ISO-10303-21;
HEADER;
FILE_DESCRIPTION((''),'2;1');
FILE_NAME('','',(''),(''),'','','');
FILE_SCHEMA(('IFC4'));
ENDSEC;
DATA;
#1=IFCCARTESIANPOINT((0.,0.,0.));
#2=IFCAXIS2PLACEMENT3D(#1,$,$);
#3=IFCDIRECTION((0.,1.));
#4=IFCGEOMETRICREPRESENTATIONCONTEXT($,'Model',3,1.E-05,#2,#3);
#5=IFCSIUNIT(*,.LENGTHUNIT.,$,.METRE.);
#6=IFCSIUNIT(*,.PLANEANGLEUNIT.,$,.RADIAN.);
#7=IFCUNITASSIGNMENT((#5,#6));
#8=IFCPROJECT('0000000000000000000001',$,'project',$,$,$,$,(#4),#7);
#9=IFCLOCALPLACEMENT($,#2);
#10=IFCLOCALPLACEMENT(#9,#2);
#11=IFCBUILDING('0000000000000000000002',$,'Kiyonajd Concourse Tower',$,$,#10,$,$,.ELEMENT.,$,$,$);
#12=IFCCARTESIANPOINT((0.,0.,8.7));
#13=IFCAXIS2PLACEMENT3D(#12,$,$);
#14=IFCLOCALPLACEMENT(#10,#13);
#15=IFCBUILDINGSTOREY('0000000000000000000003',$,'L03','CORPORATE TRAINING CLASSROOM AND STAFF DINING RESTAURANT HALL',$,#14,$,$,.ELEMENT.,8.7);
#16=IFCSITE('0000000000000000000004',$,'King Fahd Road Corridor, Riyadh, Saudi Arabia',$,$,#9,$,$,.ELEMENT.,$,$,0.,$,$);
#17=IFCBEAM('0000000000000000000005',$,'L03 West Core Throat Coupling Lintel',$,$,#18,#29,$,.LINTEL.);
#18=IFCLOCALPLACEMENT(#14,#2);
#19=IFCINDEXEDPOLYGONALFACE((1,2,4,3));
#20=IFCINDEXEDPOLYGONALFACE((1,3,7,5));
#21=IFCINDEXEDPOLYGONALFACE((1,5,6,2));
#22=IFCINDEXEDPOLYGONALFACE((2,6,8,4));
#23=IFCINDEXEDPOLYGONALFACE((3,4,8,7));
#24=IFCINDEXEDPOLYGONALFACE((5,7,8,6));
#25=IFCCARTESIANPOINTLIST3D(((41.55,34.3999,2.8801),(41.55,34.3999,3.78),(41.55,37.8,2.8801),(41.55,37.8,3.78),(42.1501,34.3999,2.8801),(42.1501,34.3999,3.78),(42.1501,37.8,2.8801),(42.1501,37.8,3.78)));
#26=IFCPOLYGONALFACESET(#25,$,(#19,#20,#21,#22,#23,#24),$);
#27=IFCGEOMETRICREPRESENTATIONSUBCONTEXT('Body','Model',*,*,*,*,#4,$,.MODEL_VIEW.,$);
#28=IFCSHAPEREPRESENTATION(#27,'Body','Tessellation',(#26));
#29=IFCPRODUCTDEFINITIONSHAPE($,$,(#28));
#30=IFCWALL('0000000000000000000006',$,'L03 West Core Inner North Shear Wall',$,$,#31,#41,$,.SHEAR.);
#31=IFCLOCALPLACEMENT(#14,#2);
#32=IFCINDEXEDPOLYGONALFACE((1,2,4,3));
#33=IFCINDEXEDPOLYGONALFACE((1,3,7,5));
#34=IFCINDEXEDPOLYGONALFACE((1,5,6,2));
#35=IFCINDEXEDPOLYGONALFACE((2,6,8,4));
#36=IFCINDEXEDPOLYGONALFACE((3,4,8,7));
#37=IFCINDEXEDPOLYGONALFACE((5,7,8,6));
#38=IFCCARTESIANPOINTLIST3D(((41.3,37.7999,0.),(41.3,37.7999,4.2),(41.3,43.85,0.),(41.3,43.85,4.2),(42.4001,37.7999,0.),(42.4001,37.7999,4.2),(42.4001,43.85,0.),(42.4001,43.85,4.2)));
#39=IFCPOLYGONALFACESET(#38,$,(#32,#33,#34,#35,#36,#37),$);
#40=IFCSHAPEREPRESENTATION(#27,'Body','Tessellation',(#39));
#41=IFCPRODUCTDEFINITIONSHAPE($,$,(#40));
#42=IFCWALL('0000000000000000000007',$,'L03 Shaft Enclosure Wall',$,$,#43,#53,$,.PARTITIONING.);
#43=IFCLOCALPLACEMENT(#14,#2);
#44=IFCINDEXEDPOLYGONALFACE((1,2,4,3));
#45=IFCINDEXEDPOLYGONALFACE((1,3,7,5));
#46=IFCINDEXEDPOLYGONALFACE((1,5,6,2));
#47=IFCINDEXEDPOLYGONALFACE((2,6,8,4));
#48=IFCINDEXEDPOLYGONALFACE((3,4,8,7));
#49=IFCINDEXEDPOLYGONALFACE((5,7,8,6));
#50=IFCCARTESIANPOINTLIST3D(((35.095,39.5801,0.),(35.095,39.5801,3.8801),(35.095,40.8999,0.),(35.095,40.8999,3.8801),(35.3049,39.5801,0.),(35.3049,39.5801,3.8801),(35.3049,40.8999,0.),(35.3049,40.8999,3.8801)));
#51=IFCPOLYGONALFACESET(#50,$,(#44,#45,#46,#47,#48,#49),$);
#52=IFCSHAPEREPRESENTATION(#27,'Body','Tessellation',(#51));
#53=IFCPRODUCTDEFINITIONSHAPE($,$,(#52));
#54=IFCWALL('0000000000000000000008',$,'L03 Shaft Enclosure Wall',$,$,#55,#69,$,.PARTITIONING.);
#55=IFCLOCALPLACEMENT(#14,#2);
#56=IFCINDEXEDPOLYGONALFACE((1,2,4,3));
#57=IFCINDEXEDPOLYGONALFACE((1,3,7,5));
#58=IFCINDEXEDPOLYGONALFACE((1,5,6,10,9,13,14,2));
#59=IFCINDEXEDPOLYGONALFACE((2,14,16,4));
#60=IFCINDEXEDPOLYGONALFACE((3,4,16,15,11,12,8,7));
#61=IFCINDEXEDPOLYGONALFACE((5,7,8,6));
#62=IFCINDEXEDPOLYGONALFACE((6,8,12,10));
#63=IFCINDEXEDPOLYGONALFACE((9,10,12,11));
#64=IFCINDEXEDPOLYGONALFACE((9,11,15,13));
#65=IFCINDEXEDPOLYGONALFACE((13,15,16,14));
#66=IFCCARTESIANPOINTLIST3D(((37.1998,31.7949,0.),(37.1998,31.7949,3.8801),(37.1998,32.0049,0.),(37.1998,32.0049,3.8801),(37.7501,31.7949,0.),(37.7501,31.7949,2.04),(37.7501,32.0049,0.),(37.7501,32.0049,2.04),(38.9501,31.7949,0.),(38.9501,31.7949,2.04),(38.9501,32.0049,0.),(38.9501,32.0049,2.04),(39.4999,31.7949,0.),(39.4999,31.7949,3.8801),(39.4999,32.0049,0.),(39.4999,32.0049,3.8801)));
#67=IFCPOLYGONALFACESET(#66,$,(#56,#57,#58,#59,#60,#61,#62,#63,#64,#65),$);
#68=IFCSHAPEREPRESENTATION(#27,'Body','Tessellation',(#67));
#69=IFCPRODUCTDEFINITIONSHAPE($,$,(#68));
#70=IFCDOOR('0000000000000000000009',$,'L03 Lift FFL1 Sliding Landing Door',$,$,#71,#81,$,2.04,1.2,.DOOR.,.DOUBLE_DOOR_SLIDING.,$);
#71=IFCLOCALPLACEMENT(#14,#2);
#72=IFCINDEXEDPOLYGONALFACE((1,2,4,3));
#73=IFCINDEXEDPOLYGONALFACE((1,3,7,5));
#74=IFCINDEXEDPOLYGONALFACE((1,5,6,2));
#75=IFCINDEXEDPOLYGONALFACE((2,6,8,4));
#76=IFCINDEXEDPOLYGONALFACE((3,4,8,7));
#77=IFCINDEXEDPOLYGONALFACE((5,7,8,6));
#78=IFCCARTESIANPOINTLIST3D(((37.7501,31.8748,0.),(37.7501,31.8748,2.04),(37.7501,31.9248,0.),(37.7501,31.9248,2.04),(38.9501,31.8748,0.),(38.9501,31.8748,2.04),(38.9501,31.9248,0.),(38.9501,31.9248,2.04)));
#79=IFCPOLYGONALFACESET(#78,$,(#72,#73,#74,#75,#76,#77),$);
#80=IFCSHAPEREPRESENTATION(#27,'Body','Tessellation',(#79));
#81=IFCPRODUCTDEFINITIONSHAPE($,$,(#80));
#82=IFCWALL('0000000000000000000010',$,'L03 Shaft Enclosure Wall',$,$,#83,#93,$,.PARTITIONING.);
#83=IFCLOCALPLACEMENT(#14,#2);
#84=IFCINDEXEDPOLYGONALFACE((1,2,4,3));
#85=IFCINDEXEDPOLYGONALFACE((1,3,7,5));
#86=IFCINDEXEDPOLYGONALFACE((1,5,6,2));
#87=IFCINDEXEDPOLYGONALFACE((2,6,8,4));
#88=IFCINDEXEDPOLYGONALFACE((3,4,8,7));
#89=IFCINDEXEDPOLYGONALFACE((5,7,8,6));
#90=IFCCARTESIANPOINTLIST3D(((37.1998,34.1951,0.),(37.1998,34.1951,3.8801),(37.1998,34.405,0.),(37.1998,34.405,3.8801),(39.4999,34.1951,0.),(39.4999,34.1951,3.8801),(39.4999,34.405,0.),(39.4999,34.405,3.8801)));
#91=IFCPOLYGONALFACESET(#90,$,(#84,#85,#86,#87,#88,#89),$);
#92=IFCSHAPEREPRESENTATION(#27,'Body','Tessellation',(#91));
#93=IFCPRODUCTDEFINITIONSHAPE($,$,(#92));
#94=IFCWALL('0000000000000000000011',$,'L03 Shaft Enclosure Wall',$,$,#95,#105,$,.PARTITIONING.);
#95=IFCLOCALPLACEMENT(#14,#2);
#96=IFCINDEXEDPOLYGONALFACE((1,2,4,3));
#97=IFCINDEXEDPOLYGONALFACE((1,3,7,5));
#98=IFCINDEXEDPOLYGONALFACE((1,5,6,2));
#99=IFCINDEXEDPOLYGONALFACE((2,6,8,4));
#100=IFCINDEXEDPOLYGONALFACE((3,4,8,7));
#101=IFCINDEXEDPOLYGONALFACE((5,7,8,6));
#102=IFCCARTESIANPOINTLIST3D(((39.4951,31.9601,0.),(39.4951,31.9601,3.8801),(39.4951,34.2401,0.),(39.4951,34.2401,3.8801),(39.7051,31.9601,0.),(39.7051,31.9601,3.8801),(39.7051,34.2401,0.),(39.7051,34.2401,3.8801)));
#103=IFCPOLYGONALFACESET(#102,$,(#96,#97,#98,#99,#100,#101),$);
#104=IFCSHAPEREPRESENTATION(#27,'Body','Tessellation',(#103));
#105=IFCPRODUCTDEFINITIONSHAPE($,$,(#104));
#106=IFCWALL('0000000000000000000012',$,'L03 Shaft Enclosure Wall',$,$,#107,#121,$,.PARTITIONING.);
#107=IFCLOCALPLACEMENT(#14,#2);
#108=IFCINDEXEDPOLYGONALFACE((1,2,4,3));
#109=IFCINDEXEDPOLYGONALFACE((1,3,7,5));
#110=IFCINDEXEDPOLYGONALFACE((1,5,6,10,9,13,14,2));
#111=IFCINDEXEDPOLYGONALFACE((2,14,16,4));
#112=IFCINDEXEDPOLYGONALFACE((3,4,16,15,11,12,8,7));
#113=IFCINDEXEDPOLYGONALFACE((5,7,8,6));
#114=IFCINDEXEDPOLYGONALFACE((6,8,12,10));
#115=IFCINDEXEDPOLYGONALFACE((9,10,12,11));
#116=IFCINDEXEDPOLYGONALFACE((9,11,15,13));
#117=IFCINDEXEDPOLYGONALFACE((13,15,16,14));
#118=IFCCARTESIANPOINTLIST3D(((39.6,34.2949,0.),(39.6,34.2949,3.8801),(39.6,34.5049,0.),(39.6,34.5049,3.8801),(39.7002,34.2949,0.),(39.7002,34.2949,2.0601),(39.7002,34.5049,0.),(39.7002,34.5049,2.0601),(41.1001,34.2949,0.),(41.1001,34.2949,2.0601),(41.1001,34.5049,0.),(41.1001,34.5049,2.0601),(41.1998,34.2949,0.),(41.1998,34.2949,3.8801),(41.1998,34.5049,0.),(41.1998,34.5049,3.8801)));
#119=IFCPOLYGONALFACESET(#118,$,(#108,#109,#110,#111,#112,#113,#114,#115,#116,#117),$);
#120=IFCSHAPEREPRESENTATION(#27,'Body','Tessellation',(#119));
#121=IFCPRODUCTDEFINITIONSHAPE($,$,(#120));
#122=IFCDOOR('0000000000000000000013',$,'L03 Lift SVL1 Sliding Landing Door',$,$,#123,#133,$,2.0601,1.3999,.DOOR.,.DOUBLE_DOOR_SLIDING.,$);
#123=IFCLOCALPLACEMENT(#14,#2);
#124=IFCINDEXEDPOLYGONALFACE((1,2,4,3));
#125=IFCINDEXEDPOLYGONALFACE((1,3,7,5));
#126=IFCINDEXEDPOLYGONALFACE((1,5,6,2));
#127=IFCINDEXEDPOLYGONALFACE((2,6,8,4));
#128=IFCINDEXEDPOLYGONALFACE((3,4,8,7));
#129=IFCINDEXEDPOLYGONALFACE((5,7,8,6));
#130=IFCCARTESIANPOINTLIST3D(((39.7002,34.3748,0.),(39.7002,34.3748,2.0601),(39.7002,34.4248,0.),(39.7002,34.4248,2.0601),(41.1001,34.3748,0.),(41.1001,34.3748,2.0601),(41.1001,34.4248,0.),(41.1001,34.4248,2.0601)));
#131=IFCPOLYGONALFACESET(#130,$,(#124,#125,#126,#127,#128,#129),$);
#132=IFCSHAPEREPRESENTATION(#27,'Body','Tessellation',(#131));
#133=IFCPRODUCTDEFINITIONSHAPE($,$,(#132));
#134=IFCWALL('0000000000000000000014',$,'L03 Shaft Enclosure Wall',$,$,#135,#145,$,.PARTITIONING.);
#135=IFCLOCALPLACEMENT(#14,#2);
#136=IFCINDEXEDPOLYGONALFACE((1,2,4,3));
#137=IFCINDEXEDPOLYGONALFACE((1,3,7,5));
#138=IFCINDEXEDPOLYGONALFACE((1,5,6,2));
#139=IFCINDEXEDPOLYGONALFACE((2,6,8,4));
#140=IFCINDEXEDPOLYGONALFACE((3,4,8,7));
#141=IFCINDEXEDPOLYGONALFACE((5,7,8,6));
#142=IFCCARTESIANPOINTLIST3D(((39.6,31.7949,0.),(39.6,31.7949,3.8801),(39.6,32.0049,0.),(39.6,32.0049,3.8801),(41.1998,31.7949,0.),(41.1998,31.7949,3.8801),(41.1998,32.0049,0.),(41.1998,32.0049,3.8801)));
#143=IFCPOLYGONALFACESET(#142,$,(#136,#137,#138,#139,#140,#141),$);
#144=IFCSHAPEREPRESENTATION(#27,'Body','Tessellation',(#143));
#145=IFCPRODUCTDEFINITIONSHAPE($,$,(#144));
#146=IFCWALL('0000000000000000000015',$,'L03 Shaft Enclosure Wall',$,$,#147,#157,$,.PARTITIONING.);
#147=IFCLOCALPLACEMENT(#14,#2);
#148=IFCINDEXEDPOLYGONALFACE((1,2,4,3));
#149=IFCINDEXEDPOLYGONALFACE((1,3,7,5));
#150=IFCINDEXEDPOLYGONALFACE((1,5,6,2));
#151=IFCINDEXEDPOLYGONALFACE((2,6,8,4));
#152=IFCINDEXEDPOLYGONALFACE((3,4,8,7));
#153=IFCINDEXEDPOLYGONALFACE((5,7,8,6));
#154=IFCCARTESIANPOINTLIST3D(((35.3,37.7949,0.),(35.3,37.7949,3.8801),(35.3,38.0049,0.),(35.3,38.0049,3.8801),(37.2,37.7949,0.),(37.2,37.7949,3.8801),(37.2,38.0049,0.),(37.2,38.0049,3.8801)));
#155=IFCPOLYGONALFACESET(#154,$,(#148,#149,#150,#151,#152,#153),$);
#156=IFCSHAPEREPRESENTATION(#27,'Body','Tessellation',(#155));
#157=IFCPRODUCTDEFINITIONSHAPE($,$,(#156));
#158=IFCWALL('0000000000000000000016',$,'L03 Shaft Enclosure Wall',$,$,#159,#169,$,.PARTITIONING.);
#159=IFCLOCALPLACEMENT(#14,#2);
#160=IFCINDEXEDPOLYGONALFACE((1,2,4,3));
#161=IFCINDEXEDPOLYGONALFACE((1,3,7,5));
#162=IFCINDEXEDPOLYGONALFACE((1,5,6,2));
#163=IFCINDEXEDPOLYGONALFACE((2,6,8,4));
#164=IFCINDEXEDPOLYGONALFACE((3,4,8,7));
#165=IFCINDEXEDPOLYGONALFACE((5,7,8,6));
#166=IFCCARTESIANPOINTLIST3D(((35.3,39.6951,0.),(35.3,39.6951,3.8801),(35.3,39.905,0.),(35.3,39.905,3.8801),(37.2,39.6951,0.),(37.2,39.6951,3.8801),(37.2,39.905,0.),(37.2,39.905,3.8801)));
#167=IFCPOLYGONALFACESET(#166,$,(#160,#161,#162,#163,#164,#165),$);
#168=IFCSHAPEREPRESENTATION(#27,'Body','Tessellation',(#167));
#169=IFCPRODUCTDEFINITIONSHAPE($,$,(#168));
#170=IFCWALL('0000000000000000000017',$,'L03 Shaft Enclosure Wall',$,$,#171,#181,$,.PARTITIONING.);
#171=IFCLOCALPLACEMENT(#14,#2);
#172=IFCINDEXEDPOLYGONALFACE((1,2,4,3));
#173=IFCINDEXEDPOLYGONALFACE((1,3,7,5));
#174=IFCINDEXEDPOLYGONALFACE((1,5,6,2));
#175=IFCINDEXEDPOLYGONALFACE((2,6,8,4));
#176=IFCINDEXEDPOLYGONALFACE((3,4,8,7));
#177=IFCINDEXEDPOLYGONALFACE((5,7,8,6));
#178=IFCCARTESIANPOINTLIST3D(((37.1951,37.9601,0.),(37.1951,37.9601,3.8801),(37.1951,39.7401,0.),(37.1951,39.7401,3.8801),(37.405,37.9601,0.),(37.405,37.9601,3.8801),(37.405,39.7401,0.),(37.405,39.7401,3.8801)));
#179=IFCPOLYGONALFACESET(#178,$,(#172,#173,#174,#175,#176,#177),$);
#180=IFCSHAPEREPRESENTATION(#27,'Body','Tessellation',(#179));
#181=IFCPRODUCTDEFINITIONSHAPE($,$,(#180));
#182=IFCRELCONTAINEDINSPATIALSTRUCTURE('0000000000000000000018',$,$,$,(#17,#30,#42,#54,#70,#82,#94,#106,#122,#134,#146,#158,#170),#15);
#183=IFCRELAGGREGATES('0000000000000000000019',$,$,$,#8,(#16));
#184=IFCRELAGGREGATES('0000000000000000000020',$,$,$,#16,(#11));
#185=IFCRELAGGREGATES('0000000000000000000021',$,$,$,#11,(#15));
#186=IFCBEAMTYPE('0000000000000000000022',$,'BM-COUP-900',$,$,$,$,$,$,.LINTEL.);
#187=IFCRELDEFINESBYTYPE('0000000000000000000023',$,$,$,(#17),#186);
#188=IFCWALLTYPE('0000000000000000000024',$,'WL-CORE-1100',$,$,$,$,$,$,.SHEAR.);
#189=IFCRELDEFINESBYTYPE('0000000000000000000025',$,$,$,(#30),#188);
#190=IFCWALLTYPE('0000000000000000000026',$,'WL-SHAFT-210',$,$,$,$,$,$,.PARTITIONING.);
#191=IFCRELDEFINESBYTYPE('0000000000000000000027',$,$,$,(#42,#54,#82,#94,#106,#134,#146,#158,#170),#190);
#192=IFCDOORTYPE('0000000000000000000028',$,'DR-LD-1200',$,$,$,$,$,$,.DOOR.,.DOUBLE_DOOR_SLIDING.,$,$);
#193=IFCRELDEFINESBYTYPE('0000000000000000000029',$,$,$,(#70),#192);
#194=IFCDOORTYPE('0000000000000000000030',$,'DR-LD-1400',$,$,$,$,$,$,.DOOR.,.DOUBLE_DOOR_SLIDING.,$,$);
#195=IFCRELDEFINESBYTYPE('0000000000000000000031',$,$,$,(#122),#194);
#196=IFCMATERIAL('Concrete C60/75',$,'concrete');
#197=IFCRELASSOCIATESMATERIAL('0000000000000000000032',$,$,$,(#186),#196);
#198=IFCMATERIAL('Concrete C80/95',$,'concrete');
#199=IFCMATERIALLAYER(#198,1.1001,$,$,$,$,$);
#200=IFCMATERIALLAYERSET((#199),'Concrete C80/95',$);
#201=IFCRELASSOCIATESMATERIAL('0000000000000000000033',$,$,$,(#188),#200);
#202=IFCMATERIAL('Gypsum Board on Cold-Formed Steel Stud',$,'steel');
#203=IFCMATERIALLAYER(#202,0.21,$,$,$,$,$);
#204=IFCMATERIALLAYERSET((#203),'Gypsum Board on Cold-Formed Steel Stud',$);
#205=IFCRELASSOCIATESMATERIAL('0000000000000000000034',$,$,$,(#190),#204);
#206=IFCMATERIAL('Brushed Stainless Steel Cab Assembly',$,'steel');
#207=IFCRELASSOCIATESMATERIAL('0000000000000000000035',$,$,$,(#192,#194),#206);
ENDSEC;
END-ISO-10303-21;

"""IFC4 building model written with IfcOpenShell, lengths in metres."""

from ifc_helpers import new_model, si_unit, direction, frame, frame_2d, origin, origin_2d, place, context, subcontext, project, spatial, rectangle, extrude, material, layer, layer_set, material_profile, profile_set, type_object, element, fill, save


model = new_model("IFC4")

# Units and contexts
model_context = context("Model", 3, precision=1e-05, world=origin(), true_north=direction((0.0, 1.0)))
body_context = subcontext(model_context, "Body", "Model", "MODEL_VIEW")
ifc_project = project(units=[si_unit("LENGTHUNIT", "METRE"), si_unit("PLANEANGLEUNIT", "RADIAN")], contexts=[model_context])

# Site, building, storey
site_placement = place(None, origin())
site = spatial("IfcSite", under=ifc_project, at=site_placement, Name="King Fahd Road Corridor, Riyadh, Saudi Arabia", CompositionType="ELEMENT", RefElevation=0.0)
building_placement = place(site_placement, origin())
building = spatial("IfcBuilding", under=site, at=building_placement, Name="Kiyonajd Concourse Tower", CompositionType="ELEMENT")
storey_placement = place(building_placement, frame((0.0, 0.0, 8.7)))
storey = spatial("IfcBuildingStorey", under=building, at=storey_placement, Name="L03", Description="CORPORATE TRAINING CLASSROOM AND STAFF DINING RESTAURANT HALL", CompositionType="ELEMENT", Elevation=8.7)

# Beam
ifc_material_1 = material(Name="Concrete C60/75", Category="concrete")
ifc_material_profile = material_profile(ifc_material_1, rectangle(XDim=0.6001, YDim=0.8999, at=origin_2d()), Name="RCBM-600x900")
ifc_profile_set = profile_set([ifc_material_profile], Name="Concrete C60/75")
beam_type = type_object("IfcBeamType", Name="BM-COUP-900", PredefinedType="LINTEL", material=ifc_profile_set)
beam_placement = place(storey_placement, frame((41.8501, 34.3999, 3.3301), z_axis=(0.0, 1.0, 0.0), x_axis=(-1.0, 0.0, 0.0)))
element("IfcBeam", 1, at=beam_placement, inside=storey, type_object=beam_type, Name="L03 West Core Throat Coupling Lintel", PredefinedType="LINTEL", context=body_context, shape_type="SweptSolid", body=[
    extrude(rectangle(XDim=0.6001, YDim=0.8999, at=origin_2d()), origin(), (0.0, 0.0, 1.0), 3.4001),
])

# Walls
ifc_material_2 = material(Name="Concrete C80/95", Category="concrete")
ifc_layer_1 = layer(ifc_material_2, 1.1001)
ifc_layer_set_1 = layer_set([ifc_layer_1], Name="Concrete C80/95")
wall_type_1 = type_object("IfcWallType", Name="WL-CORE-1100", PredefinedType="SHEAR", material=ifc_layer_set_1)
wall_1_placement = place(storey_placement, frame((41.8501, 37.8, 0.0), z_axis=(0.0, 0.0, 1.0), x_axis=(0.0, 1.0, 0.0)))
element("IfcWall", 2, at=wall_1_placement, inside=storey, type_object=wall_type_1, Name="L03 West Core Inner North Shear Wall", PredefinedType="SHEAR", context=body_context, shape_type="SweptSolid", body=[
    extrude(rectangle(XDim=6.05, YDim=1.1001, at=frame_2d((3.0249, 0.0))), origin(), (0.0, 0.0, 1.0), 4.2),
])
ifc_material_3 = material(Name="Gypsum Board on Cold-Formed Steel Stud", Category="steel")
ifc_layer_2 = layer(ifc_material_3, 0.21)
ifc_layer_set_2 = layer_set([ifc_layer_2], Name="Gypsum Board on Cold-Formed Steel Stud")
wall_type_2 = type_object("IfcWallType", Name="WL-SHAFT-210", PredefinedType="PARTITIONING", material=ifc_layer_set_2)
wall_2_placement = place(storey_placement, frame((35.2, 39.5801, 0.0), z_axis=(0.0, 0.0, 1.0), x_axis=(0.0, 1.0, 0.0)))
element("IfcWall", 3, at=wall_2_placement, inside=storey, type_object=wall_type_2, Name="L03 Shaft Enclosure Wall", PredefinedType="PARTITIONING", context=body_context, shape_type="SweptSolid", body=[
    extrude(rectangle(XDim=1.3198, YDim=0.21, at=frame_2d((0.6599, 0.0))), origin(), (0.0, 0.0, 1.0), 3.8801),
])

# Wall, opening, door
wall_3_placement = place(storey_placement, frame((37.2, 31.8999, 0.0), z_axis=(0.0, 0.0, 1.0), x_axis=(1.0, 0.0, 0.0)))
wall_3 = element("IfcWall", 4, at=wall_3_placement, inside=storey, type_object=wall_type_2, Name="L03 Shaft Enclosure Wall", PredefinedType="PARTITIONING", context=body_context, shape_type="SweptSolid", body=[
    extrude(rectangle(XDim=2.3, YDim=0.21, at=frame_2d((1.1499, 0.0))), origin(), (0.0, 0.0, 1.0), 3.8801),
])
opening_1_placement = place(wall_3_placement, frame((0.55, 0.0, 0.0)))
opening_1 = element("IfcOpeningElement", 5, at=opening_1_placement, cuts=wall_3, PredefinedType="OPENING", context=body_context, shape_type="SweptSolid", body=[
    extrude(rectangle(XDim=1.2, YDim=2.04, at=frame_2d((0.6001, 1.02))), frame((0.0, 0.115, 0.0), z_axis=(0.0, -1.0, 0.0), x_axis=(1.0, 0.0, 0.0)), (0.0, 0.0, 1.0), 0.23),
])
ifc_material_4 = material(Name="Brushed Stainless Steel Cab Assembly", Category="steel")
door_type_1 = type_object("IfcDoorType", Name="DR-LD-1200", OperationType="DOUBLE_DOOR_SLIDING", PredefinedType="DOOR", material=ifc_material_4)
door_1_placement = place(opening_1_placement, origin())
door_1 = element("IfcDoor", 6, at=door_1_placement, inside=storey, type_object=door_type_1, Name="L03 Lift FFL1 Sliding Landing Door", OperationType="DOUBLE_DOOR_SLIDING", OverallHeight=2.04, OverallWidth=1.2, PredefinedType="DOOR", context=body_context, shape_type="SweptSolid", body=[
    extrude(rectangle(XDim=1.2, YDim=2.04, at=frame_2d((0.6001, 1.02))), frame((0.0, 0.0249, 0.0), z_axis=(0.0, -1.0, 0.0), x_axis=(1.0, 0.0, 0.0)), (0.0, 0.0, 1.0), 0.05),
])
fill(opening_1, door_1)

# Walls
wall_4_placement = place(storey_placement, frame((37.2, 34.3, 0.0), z_axis=(0.0, 0.0, 1.0), x_axis=(1.0, 0.0, 0.0)))
element("IfcWall", 7, at=wall_4_placement, inside=storey, type_object=wall_type_2, Name="L03 Shaft Enclosure Wall", PredefinedType="PARTITIONING", context=body_context, shape_type="SweptSolid", body=[
    extrude(rectangle(XDim=2.3, YDim=0.21, at=frame_2d((1.1499, 0.0))), origin(), (0.0, 0.0, 1.0), 3.8801),
])
wall_5_placement = place(storey_placement, frame((39.6001, 31.96, 0.0), z_axis=(0.0, 0.0, 1.0), x_axis=(0.0, 1.0, 0.0)))
element("IfcWall", 8, at=wall_5_placement, inside=storey, type_object=wall_type_2, Name="L03 Shaft Enclosure Wall", PredefinedType="PARTITIONING", context=body_context, shape_type="SweptSolid", body=[
    extrude(rectangle(XDim=2.28, YDim=0.21, at=frame_2d((1.1401, 0.0))), origin(), (0.0, 0.0, 1.0), 3.8801),
])

# Wall, opening, door
wall_6_placement = place(storey_placement, frame((39.6001, 34.3999, 0.0), z_axis=(0.0, 0.0, 1.0), x_axis=(1.0, 0.0, 0.0)))
wall_6 = element("IfcWall", 9, at=wall_6_placement, inside=storey, type_object=wall_type_2, Name="L03 Shaft Enclosure Wall", PredefinedType="PARTITIONING", context=body_context, shape_type="SweptSolid", body=[
    extrude(rectangle(XDim=1.5999, YDim=0.21, at=frame_2d((0.7998, 0.0))), origin(), (0.0, 0.0, 1.0), 3.8801),
])
opening_2_placement = place(wall_6_placement, frame((0.1001, 0.0, 0.0)))
opening_2 = element("IfcOpeningElement", 10, at=opening_2_placement, cuts=wall_6, PredefinedType="OPENING", context=body_context, shape_type="SweptSolid", body=[
    extrude(rectangle(XDim=1.3999, YDim=2.0601, at=frame_2d((0.7, 1.03))), frame((0.0, 0.115, 0.0), z_axis=(0.0, -1.0, 0.0), x_axis=(1.0, 0.0, 0.0)), (0.0, 0.0, 1.0), 0.23),
])
door_type_2 = type_object("IfcDoorType", Name="DR-LD-1400", OperationType="DOUBLE_DOOR_SLIDING", PredefinedType="DOOR", material=ifc_material_4)
door_2_placement = place(opening_2_placement, origin())
door_2 = element("IfcDoor", 11, at=door_2_placement, inside=storey, type_object=door_type_2, Name="L03 Lift SVL1 Sliding Landing Door", OperationType="DOUBLE_DOOR_SLIDING", OverallHeight=2.0601, OverallWidth=1.3999, PredefinedType="DOOR", context=body_context, shape_type="SweptSolid", body=[
    extrude(rectangle(XDim=1.3999, YDim=2.0601, at=frame_2d((0.7, 1.03))), frame((0.0, 0.0249, 0.0), z_axis=(0.0, -1.0, 0.0), x_axis=(1.0, 0.0, 0.0)), (0.0, 0.0, 1.0), 0.05),
])
fill(opening_2, door_2)

# Walls
wall_7_placement = place(storey_placement, frame((39.6001, 31.8999, 0.0), z_axis=(0.0, 0.0, 1.0), x_axis=(1.0, 0.0, 0.0)))
element("IfcWall", 12, at=wall_7_placement, inside=storey, type_object=wall_type_2, Name="L03 Shaft Enclosure Wall", PredefinedType="PARTITIONING", context=body_context, shape_type="SweptSolid", body=[
    extrude(rectangle(XDim=1.5999, YDim=0.21, at=frame_2d((0.7998, 0.0))), origin(), (0.0, 0.0, 1.0), 3.8801),
])
for number, where, z_axis, x_axis, name in (
    (13, (35.3, 37.8999, 0.0), (0.0, 0.0, 1.0), (1.0, 0.0, 0.0), "L03 Shaft Enclosure Wall"),
    (14, (35.3, 39.8, 0.0), (0.0, 0.0, 1.0), (1.0, 0.0, 0.0), "L03 Shaft Enclosure Wall"),
):
    element("IfcWall", number, at=place(storey_placement, frame(where, z_axis=z_axis, x_axis=x_axis)), inside=storey, type_object=wall_type_2, Name=name, PredefinedType="PARTITIONING", context=body_context, shape_type="SweptSolid", body=[
        extrude(rectangle(XDim=1.8999, YDim=0.21, at=frame_2d((0.95, 0.0))), origin(), (0.0, 0.0, 1.0), 3.8801),
    ])
wall_8_placement = place(storey_placement, frame((37.3, 37.96, 0.0), z_axis=(0.0, 0.0, 1.0), x_axis=(0.0, 1.0, 0.0)))
element("IfcWall", 15, at=wall_8_placement, inside=storey, type_object=wall_type_2, Name="L03 Shaft Enclosure Wall", PredefinedType="PARTITIONING", context=body_context, shape_type="SweptSolid", body=[
    extrude(rectangle(XDim=1.78, YDim=0.21, at=frame_2d((0.8901, 0.0))), origin(), (0.0, 0.0, 1.0), 3.8801),
])

save(model, "model.ifc")
